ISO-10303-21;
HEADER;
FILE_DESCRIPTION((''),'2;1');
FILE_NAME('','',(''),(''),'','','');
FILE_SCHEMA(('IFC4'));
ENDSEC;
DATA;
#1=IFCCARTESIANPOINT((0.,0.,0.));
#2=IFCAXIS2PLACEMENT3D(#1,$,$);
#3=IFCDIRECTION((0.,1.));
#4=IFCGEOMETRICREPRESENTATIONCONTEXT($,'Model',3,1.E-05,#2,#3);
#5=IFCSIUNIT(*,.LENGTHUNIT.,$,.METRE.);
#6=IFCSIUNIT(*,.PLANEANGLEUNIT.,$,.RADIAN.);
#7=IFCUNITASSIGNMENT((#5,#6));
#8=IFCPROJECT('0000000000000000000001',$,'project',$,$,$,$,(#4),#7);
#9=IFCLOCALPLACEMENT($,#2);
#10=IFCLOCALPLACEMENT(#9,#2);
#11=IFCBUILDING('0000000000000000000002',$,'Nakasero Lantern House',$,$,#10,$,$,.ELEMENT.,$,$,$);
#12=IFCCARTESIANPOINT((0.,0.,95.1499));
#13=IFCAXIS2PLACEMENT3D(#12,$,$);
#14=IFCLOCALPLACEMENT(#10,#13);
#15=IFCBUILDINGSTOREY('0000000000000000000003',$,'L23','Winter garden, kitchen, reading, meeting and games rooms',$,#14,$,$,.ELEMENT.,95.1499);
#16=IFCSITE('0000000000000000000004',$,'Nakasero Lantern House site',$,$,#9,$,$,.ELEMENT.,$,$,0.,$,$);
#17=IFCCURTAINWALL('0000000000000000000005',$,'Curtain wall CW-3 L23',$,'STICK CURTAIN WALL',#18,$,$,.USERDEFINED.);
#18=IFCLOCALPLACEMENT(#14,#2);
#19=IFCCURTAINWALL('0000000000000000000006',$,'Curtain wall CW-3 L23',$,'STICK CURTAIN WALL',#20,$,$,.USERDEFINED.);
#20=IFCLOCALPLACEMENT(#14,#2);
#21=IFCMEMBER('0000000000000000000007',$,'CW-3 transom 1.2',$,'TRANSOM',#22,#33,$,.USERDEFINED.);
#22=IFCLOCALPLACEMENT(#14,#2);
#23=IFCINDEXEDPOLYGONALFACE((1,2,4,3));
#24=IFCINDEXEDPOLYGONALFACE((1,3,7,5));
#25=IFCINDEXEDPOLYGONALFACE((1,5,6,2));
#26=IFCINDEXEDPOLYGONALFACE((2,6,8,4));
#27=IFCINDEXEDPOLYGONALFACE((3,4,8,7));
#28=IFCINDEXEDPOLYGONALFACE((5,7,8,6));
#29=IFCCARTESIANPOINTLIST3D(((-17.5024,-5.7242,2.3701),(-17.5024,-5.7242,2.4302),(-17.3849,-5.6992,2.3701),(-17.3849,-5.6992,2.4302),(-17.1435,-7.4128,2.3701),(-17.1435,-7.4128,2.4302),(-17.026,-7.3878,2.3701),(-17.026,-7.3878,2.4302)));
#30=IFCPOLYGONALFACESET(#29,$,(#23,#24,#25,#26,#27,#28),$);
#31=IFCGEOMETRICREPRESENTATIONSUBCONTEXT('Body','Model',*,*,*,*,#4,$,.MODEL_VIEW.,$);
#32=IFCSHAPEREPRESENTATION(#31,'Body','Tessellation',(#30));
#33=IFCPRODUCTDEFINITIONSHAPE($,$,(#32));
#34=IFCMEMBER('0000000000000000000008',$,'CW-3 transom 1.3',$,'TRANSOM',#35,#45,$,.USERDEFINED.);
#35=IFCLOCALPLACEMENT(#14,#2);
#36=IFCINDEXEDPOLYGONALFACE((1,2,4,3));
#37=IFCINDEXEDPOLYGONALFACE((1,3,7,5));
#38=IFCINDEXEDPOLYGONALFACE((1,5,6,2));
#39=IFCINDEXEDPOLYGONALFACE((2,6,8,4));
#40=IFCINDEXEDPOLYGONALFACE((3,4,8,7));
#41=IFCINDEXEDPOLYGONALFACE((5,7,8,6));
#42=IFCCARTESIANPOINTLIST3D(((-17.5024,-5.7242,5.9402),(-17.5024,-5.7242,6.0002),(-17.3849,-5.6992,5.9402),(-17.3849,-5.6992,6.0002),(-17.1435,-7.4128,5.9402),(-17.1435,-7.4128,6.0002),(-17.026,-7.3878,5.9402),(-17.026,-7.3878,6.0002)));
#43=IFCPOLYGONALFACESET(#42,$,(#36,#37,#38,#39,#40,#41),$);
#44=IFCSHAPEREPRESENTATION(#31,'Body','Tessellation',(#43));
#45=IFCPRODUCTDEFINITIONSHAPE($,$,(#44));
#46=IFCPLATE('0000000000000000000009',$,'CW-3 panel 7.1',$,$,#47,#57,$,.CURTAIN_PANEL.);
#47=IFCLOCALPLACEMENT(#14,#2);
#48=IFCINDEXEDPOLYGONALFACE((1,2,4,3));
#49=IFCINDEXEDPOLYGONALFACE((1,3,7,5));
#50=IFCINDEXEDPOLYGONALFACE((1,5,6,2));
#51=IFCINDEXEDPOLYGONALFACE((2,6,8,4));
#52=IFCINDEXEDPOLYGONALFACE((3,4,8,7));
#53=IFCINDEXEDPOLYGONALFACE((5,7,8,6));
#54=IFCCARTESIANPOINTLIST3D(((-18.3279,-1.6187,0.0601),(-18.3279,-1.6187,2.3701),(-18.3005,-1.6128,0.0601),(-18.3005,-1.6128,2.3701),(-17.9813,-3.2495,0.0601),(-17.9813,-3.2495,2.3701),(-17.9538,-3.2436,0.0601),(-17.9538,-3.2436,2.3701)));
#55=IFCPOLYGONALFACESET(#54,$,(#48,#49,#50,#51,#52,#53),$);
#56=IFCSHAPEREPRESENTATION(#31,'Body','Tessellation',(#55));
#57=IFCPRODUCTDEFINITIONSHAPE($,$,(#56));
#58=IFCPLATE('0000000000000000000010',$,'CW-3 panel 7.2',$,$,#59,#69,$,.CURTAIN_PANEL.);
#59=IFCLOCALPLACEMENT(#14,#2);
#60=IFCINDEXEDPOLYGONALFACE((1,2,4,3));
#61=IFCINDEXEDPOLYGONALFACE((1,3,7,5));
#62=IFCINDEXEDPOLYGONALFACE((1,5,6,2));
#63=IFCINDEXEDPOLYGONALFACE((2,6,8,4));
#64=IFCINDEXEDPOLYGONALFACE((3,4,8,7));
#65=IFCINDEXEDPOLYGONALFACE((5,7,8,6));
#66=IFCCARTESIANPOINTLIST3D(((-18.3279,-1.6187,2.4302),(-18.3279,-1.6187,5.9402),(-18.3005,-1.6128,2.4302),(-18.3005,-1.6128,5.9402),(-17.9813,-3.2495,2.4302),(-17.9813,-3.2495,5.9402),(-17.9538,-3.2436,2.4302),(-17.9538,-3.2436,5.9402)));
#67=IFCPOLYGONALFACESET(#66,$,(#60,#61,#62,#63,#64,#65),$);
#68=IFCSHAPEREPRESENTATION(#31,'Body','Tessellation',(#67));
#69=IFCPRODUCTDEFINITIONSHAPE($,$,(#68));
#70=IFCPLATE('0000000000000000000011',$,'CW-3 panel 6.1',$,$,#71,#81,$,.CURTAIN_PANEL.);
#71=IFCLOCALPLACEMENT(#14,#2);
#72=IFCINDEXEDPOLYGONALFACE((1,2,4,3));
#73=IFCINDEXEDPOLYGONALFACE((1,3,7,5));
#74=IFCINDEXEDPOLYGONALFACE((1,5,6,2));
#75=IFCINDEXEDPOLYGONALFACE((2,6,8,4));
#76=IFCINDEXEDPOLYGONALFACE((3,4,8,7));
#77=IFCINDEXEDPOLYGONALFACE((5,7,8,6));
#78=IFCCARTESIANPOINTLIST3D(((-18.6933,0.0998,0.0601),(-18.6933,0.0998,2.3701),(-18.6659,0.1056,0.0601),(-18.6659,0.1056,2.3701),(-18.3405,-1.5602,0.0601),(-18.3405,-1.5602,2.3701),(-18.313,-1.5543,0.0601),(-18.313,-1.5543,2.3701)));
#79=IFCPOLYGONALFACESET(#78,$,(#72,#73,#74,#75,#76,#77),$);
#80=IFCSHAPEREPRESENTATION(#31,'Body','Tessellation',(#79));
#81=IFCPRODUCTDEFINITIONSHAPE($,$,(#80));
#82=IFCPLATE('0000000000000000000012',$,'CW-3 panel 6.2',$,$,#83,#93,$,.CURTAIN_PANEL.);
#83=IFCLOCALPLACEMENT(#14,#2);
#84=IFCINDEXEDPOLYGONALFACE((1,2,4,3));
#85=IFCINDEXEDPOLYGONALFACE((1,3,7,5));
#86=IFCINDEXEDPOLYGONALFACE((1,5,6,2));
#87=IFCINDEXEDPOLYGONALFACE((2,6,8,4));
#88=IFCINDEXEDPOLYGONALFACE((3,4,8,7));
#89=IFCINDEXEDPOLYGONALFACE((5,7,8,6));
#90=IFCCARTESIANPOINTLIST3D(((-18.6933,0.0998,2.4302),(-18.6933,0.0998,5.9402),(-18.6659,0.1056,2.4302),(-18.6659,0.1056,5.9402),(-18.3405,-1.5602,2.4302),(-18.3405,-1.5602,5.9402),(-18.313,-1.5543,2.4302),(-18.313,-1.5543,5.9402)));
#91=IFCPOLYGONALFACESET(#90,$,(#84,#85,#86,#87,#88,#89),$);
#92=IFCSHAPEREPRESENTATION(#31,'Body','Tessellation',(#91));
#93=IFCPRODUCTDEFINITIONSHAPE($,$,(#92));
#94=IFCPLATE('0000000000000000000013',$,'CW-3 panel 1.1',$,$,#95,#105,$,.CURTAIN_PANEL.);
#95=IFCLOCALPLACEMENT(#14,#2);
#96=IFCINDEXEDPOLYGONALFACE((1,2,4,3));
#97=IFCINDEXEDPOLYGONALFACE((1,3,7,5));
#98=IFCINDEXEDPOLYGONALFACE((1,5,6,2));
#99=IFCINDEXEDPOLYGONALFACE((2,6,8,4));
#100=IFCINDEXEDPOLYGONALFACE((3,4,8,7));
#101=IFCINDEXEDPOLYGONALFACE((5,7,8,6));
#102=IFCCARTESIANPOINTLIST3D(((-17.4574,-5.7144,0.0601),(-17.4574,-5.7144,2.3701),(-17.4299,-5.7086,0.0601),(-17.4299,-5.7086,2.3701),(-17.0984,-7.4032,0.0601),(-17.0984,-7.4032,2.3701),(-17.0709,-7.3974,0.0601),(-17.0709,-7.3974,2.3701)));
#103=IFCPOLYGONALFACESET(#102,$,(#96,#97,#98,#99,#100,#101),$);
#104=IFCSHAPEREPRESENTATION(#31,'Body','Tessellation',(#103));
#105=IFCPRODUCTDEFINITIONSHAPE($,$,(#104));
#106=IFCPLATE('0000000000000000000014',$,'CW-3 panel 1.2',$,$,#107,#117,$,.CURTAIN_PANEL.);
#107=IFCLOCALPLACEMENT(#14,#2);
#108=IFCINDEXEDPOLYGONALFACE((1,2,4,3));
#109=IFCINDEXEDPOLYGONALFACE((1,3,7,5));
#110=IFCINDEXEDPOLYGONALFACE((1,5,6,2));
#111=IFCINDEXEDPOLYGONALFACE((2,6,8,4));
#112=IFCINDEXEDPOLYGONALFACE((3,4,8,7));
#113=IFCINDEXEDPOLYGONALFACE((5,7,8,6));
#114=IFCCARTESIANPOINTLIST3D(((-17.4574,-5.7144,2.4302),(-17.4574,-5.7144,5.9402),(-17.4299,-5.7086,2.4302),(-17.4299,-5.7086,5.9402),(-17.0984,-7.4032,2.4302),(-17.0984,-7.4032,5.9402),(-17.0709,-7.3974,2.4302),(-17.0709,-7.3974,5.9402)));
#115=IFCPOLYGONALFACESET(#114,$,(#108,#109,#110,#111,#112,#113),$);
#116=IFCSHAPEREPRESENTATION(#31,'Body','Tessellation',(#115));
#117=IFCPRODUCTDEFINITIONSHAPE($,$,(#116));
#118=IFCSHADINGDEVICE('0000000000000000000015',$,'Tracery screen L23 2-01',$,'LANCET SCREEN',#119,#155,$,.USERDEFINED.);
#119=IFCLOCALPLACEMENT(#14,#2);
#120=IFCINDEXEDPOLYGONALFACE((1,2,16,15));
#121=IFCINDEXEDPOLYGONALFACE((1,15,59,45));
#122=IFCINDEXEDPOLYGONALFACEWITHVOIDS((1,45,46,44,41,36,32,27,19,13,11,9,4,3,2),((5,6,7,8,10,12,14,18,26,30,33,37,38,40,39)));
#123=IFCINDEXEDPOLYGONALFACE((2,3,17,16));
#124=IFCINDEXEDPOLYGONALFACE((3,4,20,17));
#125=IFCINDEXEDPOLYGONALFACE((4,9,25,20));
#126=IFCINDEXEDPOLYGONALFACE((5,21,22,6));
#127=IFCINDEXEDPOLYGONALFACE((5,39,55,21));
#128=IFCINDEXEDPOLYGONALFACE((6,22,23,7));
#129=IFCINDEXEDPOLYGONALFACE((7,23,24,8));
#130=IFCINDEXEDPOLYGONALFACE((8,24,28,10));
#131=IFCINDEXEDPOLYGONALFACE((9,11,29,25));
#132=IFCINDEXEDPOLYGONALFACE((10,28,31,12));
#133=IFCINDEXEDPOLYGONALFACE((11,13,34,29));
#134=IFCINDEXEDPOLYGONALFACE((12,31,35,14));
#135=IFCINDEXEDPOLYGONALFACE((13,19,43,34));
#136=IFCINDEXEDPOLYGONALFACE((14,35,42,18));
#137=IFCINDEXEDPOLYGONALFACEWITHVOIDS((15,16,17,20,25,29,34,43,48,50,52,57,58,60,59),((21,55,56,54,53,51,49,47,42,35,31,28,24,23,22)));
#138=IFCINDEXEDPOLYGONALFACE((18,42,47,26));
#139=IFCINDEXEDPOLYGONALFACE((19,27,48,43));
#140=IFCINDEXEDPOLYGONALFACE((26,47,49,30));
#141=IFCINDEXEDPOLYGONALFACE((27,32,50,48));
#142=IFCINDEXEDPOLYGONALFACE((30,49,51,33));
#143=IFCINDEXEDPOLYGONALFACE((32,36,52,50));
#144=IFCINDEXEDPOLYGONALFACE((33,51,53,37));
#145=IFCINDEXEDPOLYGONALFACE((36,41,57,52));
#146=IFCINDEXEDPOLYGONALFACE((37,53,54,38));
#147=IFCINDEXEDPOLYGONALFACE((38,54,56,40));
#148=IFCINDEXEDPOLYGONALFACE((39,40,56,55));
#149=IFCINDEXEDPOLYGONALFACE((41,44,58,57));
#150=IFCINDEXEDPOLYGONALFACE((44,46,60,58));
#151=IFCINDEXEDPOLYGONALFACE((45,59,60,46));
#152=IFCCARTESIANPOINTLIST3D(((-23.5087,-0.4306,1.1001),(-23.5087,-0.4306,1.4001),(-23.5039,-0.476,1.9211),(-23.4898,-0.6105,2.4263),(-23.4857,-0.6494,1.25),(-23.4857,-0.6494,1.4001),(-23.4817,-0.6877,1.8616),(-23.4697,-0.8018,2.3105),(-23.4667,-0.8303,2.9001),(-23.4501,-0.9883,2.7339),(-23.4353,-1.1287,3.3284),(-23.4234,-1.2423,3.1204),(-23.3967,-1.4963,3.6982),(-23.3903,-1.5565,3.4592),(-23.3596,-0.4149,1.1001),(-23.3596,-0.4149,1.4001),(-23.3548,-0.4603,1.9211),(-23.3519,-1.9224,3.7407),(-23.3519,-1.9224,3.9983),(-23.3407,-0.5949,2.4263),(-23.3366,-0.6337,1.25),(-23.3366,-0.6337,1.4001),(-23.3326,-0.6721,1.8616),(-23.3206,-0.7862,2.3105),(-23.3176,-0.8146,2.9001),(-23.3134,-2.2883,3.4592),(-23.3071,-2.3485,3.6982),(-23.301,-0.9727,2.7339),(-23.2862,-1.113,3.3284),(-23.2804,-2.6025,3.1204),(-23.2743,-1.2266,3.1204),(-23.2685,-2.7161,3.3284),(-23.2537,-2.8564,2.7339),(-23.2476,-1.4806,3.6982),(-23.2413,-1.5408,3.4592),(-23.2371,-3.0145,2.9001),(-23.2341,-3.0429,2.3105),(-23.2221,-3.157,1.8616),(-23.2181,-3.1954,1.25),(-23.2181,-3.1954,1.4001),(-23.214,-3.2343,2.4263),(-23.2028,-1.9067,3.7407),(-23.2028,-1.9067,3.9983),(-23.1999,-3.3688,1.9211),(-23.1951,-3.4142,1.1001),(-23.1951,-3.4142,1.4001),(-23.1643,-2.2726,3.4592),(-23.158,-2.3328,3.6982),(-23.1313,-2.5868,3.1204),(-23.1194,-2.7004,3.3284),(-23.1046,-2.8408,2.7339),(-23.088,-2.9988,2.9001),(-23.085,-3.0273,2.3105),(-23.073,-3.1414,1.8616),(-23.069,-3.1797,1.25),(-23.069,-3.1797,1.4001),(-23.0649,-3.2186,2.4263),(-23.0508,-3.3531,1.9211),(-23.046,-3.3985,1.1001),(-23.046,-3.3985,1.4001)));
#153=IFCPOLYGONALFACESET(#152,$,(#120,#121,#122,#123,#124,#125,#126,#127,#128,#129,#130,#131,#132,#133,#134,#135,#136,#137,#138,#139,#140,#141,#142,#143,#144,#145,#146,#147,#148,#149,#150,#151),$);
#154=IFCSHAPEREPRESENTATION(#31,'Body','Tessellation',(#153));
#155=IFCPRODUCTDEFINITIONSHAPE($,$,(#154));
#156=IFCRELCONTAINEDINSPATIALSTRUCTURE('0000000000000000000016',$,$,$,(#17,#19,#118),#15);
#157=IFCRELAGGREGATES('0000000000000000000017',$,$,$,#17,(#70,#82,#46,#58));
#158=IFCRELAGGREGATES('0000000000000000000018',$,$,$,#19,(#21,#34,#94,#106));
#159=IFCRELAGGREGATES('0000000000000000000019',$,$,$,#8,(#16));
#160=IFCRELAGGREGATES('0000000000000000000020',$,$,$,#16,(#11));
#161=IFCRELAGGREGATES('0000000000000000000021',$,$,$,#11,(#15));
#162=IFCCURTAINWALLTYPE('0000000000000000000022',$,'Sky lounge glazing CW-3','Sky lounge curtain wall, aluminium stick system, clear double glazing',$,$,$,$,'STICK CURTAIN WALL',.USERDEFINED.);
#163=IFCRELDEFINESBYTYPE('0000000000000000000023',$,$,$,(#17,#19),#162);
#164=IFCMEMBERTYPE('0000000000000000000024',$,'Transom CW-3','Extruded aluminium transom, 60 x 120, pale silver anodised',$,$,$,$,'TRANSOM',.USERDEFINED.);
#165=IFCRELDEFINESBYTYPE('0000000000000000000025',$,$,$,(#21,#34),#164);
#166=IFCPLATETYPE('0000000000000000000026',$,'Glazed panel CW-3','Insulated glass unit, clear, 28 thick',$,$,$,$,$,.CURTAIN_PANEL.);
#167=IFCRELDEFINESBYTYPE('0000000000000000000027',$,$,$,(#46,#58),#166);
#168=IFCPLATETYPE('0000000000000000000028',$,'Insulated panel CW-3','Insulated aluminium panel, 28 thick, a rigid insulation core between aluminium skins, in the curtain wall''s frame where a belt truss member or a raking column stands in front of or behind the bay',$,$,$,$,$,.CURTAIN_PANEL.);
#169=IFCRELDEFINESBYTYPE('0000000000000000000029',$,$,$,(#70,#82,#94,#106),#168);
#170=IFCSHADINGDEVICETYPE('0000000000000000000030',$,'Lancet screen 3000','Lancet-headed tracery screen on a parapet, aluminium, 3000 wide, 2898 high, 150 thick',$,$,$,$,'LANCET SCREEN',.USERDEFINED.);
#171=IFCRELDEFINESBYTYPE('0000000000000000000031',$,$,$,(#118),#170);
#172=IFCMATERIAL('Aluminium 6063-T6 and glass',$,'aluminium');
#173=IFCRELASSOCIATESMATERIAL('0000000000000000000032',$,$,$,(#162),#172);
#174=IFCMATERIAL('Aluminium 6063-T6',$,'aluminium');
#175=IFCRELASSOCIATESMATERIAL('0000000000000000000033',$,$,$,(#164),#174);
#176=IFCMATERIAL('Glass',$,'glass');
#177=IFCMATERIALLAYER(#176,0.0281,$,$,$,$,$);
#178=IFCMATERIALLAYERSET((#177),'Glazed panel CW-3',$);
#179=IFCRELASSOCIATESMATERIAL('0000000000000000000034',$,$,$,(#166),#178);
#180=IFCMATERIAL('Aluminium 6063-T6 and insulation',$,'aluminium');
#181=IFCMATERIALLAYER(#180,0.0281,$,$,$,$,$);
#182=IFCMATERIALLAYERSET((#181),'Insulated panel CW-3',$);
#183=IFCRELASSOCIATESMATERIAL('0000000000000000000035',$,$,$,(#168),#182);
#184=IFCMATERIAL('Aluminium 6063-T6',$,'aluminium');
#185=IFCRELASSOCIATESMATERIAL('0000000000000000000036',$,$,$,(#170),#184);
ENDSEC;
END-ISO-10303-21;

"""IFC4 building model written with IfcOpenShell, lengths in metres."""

from ifc_helpers import new_model, si_unit, direction, frame, origin, origin_2d, place, context, subcontext, project, spatial, polyline, rectangle, outline, extrude, material, layer, layer_set, material_profile, profile_set, type_object, element, aggregate, save


model = new_model("IFC4")

# Units and contexts
model_context = context("Model", 3, precision=1e-05, world=origin(), true_north=direction((0.0, 1.0)))
body_context = subcontext(model_context, "Body", "Model", "MODEL_VIEW")
ifc_project = project(units=[si_unit("LENGTHUNIT", "METRE"), si_unit("PLANEANGLEUNIT", "RADIAN")], contexts=[model_context])

# Site, building, storey
site_placement = place(None, origin())
site = spatial("IfcSite", under=ifc_project, at=site_placement, Name="Nakasero Lantern House site", CompositionType="ELEMENT", RefElevation=0.0)
building_placement = place(site_placement, origin())
building = spatial("IfcBuilding", under=site, at=building_placement, Name="Nakasero Lantern House", CompositionType="ELEMENT")
storey_placement = place(building_placement, frame((0.0, 0.0, 95.1499)))
storey = spatial("IfcBuildingStorey", under=building, at=storey_placement, Name="L23", Description="Winter garden, kitchen, reading, meeting and games rooms", CompositionType="ELEMENT", Elevation=95.1499)

# Curtain walls
ifc_material_1 = material(Name="Aluminium 6063-T6 and glass", Category="aluminium")
curtain_wall_type = type_object("IfcCurtainWallType", Name="Sky lounge glazing CW-3", Description="Sky lounge curtain wall, aluminium stick system, clear double glazing", ElementType="STICK CURTAIN WALL", PredefinedType="USERDEFINED", material=ifc_material_1)
curtain_wall_1_placement = place(storey_placement, origin())
curtain_wall_1 = element("IfcCurtainWall", 1, at=curtain_wall_1_placement, inside=storey, type_object=curtain_wall_type, Name="Curtain wall CW-3 L23", ObjectType="STICK CURTAIN WALL", PredefinedType="USERDEFINED")
curtain_wall_2_placement = place(storey_placement, origin())
curtain_wall_2 = element("IfcCurtainWall", 2, at=curtain_wall_2_placement, inside=storey, type_object=curtain_wall_type, Name="Curtain wall CW-3 L23", ObjectType="STICK CURTAIN WALL", PredefinedType="USERDEFINED")

# Members
ifc_material_2 = material(Name="Aluminium 6063-T6", Category="aluminium")
ifc_material_profile_1 = material_profile(ifc_material_2, rectangle(XDim=0.0601, YDim=0.1201, at=origin_2d()), Name="CW-3 transom 60x120")
ifc_profile_set_1 = profile_set([ifc_material_profile_1], Name="Aluminium 6063-T6")
member_type_1 = type_object("IfcMemberType", Name="Transom CW-3", Description="Extruded aluminium transom, 60 x 120, pale silver anodised", ElementType="TRANSOM", PredefinedType="USERDEFINED", material=ifc_profile_set_1)
member_1_placement = place(storey_placement, frame((-17.4436, -5.7117, 2.4001), z_axis=(0.207877, -0.978155, 0.0), x_axis=(0.0, 0.0, 1.0)))
member_1 = element("IfcMember", 3, at=member_1_placement, type_object=member_type_1, Name="CW-3 transom 1.2", ObjectType="TRANSOM", PredefinedType="USERDEFINED", context=body_context, shape_type="SweptSolid", body=[
    extrude(rectangle(XDim=0.0601, YDim=0.1201, at=origin_2d()), origin(), (0.0, 0.0, 1.0), 1.7263),
])
member_2_placement = place(storey_placement, frame((-17.4436, -5.7117, 5.9702), z_axis=(0.207877, -0.978155, 0.0), x_axis=(0.0, 0.0, 1.0)))
member_2 = element("IfcMember", 4, at=member_2_placement, type_object=member_type_1, Name="CW-3 transom 1.3", ObjectType="TRANSOM", PredefinedType="USERDEFINED", context=body_context, shape_type="SweptSolid", body=[
    extrude(rectangle(XDim=0.0601, YDim=0.1201, at=origin_2d()), origin(), (0.0, 0.0, 1.0), 1.7263),
])

# Plates
ifc_material_3 = material(Name="Glass", Category="glass")
ifc_layer_1 = layer(ifc_material_3, 0.0281)
ifc_layer_set_1 = layer_set([ifc_layer_1], Name="Glazed panel CW-3")
plate_type_1 = type_object("IfcPlateType", Name="Glazed panel CW-3", Description="Insulated glass unit, clear, 28 thick", PredefinedType="CURTAIN_PANEL", material=ifc_layer_set_1)
plate_1_placement = place(storey_placement, frame((-18.1409, -2.4312, 0.0601), z_axis=(0.0, 0.0, 1.0), x_axis=(0.207912, -0.978148, 0.0)))
plate_1 = element("IfcPlate", 5, at=plate_1_placement, type_object=plate_type_1, Name="CW-3 panel 7.1", PredefinedType="CURTAIN_PANEL", context=body_context, shape_type="SweptSolid", body=[
    extrude(rectangle(XDim=1.6672, YDim=0.0281, at=origin_2d()), origin(), (0.0, 0.0, 1.0), 2.3101),
])
plate_2_placement = place(storey_placement, frame((-18.1409, -2.4312, 2.4302), z_axis=(0.0, 0.0, 1.0), x_axis=(0.207912, -0.978148, 0.0)))
plate_2 = element("IfcPlate", 6, at=plate_2_placement, type_object=plate_type_1, Name="CW-3 panel 7.2", PredefinedType="CURTAIN_PANEL", context=body_context, shape_type="SweptSolid", body=[
    extrude(rectangle(XDim=1.6672, YDim=0.0281, at=origin_2d()), origin(), (0.0, 0.0, 1.0), 3.51),
])
ifc_material_4 = material(Name="Aluminium 6063-T6 and insulation", Category="aluminium")
ifc_layer_2 = layer(ifc_material_4, 0.0281)
ifc_layer_set_2 = layer_set([ifc_layer_2], Name="Insulated panel CW-3")
plate_type_2 = type_object("IfcPlateType", Name="Insulated panel CW-3", Description="Insulated aluminium panel, 28 thick, a rigid insulation core between aluminium skins, in the curtain wall's frame where a belt truss member or a raking column stands in front of or behind the bay", PredefinedType="CURTAIN_PANEL", material=ifc_layer_set_2)
plate_3_placement = place(storey_placement, frame((-18.5032, -0.7273, 0.0601), z_axis=(0.0, 0.0, 1.0), x_axis=(0.207912, -0.978148, 0.0)))
plate_3 = element("IfcPlate", 7, at=plate_3_placement, type_object=plate_type_2, Name="CW-3 panel 6.1", PredefinedType="CURTAIN_PANEL", context=body_context, shape_type="SweptSolid", body=[
    extrude(rectangle(XDim=1.697, YDim=0.0281, at=origin_2d()), origin(), (0.0, 0.0, 1.0), 2.3101),
])
plate_4_placement = place(storey_placement, frame((-18.5032, -0.7273, 2.4302), z_axis=(0.0, 0.0, 1.0), x_axis=(0.207912, -0.978148, 0.0)))
plate_4 = element("IfcPlate", 8, at=plate_4_placement, type_object=plate_type_2, Name="CW-3 panel 6.2", PredefinedType="CURTAIN_PANEL", context=body_context, shape_type="SweptSolid", body=[
    extrude(rectangle(XDim=1.697, YDim=0.0281, at=origin_2d()), origin(), (0.0, 0.0, 1.0), 3.51),
])
aggregate(curtain_wall_1, [plate_3, plate_4, plate_1, plate_2])
plate_5_placement = place(storey_placement, frame((-17.2642, -6.5559, 0.0601), z_axis=(0.0, 0.0, 1.0), x_axis=(0.207912, -0.978148, 0.0)))
plate_5 = element("IfcPlate", 9, at=plate_5_placement, type_object=plate_type_2, Name="CW-3 panel 1.1", PredefinedType="CURTAIN_PANEL", context=body_context, shape_type="SweptSolid", body=[
    extrude(rectangle(XDim=1.7266, YDim=0.0281, at=origin_2d()), origin(), (0.0, 0.0, 1.0), 2.3101),
])
plate_6_placement = place(storey_placement, frame((-17.2642, -6.5559, 2.4302), z_axis=(0.0, 0.0, 1.0), x_axis=(0.207912, -0.978148, 0.0)))
plate_6 = element("IfcPlate", 10, at=plate_6_placement, type_object=plate_type_2, Name="CW-3 panel 1.2", PredefinedType="CURTAIN_PANEL", context=body_context, shape_type="SweptSolid", body=[
    extrude(rectangle(XDim=1.7266, YDim=0.0281, at=origin_2d()), origin(), (0.0, 0.0, 1.0), 3.51),
])
aggregate(curtain_wall_2, [member_1, member_2, plate_5, plate_6])

# Shading device
ifc_material_5 = material(Name="Aluminium 6063-T6", Category="aluminium")
shading_device_type = type_object("IfcShadingDeviceType", Name="Lancet screen 3000", Description="Lancet-headed tracery screen on a parapet, aluminium, 3000 wide, 2898 high, 150 thick", ElementType="LANCET SCREEN", PredefinedType="USERDEFINED", material=ifc_material_5)
shading_device_placement = place(storey_placement, frame((-23.2773, -1.9146, 1.1001), z_axis=(0.0, 0.0, 1.0), x_axis=(0.104528, -0.994522, 0.0)))
element("IfcShadingDevice", 11, at=shading_device_placement, inside=storey, type_object=shading_device_type, Name="Tracery screen L23 2-01", ObjectType="LANCET SCREEN", PredefinedType="USERDEFINED", context=body_context, shape_type="SweptSolid", body=[
    extrude(outline(polyline([(-1.5, 0.0), (1.5, 0.0), (1.5, 0.3), (1.4543, 0.821), (1.3191, 1.3262), (1.0981, 1.8), (0.7981, 2.2283), (0.4285, 2.5981), (0.0, 2.8982), (-0.4285, 2.5981), (-0.7981, 2.2283), (-1.0981, 1.8), (-1.3191, 1.3262), (-1.4543, 0.821), (-1.5, 0.3), (-1.5, 0.0)]), holes=[polyline([(-1.28, 0.1499), (1.28, 0.1499), (1.28, 0.3), (1.2415, 0.7615), (1.1267, 1.2104), (0.9392, 1.6338), (0.6838, 2.0203), (0.3679, 2.3591), (0.0, 2.6406), (-0.3679, 2.3591), (-0.6838, 2.0203), (-0.9392, 1.6338), (-1.1267, 1.2104), (-1.2415, 0.7615), (-1.28, 0.3), (-1.28, 0.1499)])]), frame((0.0, 0.075, 0.0), z_axis=(0.0, -1.0, 0.0), x_axis=(1.0, 0.0, 0.0)), (0.0, 0.0, 1.0), 0.1499),
])

save(model, "model.ifc")
